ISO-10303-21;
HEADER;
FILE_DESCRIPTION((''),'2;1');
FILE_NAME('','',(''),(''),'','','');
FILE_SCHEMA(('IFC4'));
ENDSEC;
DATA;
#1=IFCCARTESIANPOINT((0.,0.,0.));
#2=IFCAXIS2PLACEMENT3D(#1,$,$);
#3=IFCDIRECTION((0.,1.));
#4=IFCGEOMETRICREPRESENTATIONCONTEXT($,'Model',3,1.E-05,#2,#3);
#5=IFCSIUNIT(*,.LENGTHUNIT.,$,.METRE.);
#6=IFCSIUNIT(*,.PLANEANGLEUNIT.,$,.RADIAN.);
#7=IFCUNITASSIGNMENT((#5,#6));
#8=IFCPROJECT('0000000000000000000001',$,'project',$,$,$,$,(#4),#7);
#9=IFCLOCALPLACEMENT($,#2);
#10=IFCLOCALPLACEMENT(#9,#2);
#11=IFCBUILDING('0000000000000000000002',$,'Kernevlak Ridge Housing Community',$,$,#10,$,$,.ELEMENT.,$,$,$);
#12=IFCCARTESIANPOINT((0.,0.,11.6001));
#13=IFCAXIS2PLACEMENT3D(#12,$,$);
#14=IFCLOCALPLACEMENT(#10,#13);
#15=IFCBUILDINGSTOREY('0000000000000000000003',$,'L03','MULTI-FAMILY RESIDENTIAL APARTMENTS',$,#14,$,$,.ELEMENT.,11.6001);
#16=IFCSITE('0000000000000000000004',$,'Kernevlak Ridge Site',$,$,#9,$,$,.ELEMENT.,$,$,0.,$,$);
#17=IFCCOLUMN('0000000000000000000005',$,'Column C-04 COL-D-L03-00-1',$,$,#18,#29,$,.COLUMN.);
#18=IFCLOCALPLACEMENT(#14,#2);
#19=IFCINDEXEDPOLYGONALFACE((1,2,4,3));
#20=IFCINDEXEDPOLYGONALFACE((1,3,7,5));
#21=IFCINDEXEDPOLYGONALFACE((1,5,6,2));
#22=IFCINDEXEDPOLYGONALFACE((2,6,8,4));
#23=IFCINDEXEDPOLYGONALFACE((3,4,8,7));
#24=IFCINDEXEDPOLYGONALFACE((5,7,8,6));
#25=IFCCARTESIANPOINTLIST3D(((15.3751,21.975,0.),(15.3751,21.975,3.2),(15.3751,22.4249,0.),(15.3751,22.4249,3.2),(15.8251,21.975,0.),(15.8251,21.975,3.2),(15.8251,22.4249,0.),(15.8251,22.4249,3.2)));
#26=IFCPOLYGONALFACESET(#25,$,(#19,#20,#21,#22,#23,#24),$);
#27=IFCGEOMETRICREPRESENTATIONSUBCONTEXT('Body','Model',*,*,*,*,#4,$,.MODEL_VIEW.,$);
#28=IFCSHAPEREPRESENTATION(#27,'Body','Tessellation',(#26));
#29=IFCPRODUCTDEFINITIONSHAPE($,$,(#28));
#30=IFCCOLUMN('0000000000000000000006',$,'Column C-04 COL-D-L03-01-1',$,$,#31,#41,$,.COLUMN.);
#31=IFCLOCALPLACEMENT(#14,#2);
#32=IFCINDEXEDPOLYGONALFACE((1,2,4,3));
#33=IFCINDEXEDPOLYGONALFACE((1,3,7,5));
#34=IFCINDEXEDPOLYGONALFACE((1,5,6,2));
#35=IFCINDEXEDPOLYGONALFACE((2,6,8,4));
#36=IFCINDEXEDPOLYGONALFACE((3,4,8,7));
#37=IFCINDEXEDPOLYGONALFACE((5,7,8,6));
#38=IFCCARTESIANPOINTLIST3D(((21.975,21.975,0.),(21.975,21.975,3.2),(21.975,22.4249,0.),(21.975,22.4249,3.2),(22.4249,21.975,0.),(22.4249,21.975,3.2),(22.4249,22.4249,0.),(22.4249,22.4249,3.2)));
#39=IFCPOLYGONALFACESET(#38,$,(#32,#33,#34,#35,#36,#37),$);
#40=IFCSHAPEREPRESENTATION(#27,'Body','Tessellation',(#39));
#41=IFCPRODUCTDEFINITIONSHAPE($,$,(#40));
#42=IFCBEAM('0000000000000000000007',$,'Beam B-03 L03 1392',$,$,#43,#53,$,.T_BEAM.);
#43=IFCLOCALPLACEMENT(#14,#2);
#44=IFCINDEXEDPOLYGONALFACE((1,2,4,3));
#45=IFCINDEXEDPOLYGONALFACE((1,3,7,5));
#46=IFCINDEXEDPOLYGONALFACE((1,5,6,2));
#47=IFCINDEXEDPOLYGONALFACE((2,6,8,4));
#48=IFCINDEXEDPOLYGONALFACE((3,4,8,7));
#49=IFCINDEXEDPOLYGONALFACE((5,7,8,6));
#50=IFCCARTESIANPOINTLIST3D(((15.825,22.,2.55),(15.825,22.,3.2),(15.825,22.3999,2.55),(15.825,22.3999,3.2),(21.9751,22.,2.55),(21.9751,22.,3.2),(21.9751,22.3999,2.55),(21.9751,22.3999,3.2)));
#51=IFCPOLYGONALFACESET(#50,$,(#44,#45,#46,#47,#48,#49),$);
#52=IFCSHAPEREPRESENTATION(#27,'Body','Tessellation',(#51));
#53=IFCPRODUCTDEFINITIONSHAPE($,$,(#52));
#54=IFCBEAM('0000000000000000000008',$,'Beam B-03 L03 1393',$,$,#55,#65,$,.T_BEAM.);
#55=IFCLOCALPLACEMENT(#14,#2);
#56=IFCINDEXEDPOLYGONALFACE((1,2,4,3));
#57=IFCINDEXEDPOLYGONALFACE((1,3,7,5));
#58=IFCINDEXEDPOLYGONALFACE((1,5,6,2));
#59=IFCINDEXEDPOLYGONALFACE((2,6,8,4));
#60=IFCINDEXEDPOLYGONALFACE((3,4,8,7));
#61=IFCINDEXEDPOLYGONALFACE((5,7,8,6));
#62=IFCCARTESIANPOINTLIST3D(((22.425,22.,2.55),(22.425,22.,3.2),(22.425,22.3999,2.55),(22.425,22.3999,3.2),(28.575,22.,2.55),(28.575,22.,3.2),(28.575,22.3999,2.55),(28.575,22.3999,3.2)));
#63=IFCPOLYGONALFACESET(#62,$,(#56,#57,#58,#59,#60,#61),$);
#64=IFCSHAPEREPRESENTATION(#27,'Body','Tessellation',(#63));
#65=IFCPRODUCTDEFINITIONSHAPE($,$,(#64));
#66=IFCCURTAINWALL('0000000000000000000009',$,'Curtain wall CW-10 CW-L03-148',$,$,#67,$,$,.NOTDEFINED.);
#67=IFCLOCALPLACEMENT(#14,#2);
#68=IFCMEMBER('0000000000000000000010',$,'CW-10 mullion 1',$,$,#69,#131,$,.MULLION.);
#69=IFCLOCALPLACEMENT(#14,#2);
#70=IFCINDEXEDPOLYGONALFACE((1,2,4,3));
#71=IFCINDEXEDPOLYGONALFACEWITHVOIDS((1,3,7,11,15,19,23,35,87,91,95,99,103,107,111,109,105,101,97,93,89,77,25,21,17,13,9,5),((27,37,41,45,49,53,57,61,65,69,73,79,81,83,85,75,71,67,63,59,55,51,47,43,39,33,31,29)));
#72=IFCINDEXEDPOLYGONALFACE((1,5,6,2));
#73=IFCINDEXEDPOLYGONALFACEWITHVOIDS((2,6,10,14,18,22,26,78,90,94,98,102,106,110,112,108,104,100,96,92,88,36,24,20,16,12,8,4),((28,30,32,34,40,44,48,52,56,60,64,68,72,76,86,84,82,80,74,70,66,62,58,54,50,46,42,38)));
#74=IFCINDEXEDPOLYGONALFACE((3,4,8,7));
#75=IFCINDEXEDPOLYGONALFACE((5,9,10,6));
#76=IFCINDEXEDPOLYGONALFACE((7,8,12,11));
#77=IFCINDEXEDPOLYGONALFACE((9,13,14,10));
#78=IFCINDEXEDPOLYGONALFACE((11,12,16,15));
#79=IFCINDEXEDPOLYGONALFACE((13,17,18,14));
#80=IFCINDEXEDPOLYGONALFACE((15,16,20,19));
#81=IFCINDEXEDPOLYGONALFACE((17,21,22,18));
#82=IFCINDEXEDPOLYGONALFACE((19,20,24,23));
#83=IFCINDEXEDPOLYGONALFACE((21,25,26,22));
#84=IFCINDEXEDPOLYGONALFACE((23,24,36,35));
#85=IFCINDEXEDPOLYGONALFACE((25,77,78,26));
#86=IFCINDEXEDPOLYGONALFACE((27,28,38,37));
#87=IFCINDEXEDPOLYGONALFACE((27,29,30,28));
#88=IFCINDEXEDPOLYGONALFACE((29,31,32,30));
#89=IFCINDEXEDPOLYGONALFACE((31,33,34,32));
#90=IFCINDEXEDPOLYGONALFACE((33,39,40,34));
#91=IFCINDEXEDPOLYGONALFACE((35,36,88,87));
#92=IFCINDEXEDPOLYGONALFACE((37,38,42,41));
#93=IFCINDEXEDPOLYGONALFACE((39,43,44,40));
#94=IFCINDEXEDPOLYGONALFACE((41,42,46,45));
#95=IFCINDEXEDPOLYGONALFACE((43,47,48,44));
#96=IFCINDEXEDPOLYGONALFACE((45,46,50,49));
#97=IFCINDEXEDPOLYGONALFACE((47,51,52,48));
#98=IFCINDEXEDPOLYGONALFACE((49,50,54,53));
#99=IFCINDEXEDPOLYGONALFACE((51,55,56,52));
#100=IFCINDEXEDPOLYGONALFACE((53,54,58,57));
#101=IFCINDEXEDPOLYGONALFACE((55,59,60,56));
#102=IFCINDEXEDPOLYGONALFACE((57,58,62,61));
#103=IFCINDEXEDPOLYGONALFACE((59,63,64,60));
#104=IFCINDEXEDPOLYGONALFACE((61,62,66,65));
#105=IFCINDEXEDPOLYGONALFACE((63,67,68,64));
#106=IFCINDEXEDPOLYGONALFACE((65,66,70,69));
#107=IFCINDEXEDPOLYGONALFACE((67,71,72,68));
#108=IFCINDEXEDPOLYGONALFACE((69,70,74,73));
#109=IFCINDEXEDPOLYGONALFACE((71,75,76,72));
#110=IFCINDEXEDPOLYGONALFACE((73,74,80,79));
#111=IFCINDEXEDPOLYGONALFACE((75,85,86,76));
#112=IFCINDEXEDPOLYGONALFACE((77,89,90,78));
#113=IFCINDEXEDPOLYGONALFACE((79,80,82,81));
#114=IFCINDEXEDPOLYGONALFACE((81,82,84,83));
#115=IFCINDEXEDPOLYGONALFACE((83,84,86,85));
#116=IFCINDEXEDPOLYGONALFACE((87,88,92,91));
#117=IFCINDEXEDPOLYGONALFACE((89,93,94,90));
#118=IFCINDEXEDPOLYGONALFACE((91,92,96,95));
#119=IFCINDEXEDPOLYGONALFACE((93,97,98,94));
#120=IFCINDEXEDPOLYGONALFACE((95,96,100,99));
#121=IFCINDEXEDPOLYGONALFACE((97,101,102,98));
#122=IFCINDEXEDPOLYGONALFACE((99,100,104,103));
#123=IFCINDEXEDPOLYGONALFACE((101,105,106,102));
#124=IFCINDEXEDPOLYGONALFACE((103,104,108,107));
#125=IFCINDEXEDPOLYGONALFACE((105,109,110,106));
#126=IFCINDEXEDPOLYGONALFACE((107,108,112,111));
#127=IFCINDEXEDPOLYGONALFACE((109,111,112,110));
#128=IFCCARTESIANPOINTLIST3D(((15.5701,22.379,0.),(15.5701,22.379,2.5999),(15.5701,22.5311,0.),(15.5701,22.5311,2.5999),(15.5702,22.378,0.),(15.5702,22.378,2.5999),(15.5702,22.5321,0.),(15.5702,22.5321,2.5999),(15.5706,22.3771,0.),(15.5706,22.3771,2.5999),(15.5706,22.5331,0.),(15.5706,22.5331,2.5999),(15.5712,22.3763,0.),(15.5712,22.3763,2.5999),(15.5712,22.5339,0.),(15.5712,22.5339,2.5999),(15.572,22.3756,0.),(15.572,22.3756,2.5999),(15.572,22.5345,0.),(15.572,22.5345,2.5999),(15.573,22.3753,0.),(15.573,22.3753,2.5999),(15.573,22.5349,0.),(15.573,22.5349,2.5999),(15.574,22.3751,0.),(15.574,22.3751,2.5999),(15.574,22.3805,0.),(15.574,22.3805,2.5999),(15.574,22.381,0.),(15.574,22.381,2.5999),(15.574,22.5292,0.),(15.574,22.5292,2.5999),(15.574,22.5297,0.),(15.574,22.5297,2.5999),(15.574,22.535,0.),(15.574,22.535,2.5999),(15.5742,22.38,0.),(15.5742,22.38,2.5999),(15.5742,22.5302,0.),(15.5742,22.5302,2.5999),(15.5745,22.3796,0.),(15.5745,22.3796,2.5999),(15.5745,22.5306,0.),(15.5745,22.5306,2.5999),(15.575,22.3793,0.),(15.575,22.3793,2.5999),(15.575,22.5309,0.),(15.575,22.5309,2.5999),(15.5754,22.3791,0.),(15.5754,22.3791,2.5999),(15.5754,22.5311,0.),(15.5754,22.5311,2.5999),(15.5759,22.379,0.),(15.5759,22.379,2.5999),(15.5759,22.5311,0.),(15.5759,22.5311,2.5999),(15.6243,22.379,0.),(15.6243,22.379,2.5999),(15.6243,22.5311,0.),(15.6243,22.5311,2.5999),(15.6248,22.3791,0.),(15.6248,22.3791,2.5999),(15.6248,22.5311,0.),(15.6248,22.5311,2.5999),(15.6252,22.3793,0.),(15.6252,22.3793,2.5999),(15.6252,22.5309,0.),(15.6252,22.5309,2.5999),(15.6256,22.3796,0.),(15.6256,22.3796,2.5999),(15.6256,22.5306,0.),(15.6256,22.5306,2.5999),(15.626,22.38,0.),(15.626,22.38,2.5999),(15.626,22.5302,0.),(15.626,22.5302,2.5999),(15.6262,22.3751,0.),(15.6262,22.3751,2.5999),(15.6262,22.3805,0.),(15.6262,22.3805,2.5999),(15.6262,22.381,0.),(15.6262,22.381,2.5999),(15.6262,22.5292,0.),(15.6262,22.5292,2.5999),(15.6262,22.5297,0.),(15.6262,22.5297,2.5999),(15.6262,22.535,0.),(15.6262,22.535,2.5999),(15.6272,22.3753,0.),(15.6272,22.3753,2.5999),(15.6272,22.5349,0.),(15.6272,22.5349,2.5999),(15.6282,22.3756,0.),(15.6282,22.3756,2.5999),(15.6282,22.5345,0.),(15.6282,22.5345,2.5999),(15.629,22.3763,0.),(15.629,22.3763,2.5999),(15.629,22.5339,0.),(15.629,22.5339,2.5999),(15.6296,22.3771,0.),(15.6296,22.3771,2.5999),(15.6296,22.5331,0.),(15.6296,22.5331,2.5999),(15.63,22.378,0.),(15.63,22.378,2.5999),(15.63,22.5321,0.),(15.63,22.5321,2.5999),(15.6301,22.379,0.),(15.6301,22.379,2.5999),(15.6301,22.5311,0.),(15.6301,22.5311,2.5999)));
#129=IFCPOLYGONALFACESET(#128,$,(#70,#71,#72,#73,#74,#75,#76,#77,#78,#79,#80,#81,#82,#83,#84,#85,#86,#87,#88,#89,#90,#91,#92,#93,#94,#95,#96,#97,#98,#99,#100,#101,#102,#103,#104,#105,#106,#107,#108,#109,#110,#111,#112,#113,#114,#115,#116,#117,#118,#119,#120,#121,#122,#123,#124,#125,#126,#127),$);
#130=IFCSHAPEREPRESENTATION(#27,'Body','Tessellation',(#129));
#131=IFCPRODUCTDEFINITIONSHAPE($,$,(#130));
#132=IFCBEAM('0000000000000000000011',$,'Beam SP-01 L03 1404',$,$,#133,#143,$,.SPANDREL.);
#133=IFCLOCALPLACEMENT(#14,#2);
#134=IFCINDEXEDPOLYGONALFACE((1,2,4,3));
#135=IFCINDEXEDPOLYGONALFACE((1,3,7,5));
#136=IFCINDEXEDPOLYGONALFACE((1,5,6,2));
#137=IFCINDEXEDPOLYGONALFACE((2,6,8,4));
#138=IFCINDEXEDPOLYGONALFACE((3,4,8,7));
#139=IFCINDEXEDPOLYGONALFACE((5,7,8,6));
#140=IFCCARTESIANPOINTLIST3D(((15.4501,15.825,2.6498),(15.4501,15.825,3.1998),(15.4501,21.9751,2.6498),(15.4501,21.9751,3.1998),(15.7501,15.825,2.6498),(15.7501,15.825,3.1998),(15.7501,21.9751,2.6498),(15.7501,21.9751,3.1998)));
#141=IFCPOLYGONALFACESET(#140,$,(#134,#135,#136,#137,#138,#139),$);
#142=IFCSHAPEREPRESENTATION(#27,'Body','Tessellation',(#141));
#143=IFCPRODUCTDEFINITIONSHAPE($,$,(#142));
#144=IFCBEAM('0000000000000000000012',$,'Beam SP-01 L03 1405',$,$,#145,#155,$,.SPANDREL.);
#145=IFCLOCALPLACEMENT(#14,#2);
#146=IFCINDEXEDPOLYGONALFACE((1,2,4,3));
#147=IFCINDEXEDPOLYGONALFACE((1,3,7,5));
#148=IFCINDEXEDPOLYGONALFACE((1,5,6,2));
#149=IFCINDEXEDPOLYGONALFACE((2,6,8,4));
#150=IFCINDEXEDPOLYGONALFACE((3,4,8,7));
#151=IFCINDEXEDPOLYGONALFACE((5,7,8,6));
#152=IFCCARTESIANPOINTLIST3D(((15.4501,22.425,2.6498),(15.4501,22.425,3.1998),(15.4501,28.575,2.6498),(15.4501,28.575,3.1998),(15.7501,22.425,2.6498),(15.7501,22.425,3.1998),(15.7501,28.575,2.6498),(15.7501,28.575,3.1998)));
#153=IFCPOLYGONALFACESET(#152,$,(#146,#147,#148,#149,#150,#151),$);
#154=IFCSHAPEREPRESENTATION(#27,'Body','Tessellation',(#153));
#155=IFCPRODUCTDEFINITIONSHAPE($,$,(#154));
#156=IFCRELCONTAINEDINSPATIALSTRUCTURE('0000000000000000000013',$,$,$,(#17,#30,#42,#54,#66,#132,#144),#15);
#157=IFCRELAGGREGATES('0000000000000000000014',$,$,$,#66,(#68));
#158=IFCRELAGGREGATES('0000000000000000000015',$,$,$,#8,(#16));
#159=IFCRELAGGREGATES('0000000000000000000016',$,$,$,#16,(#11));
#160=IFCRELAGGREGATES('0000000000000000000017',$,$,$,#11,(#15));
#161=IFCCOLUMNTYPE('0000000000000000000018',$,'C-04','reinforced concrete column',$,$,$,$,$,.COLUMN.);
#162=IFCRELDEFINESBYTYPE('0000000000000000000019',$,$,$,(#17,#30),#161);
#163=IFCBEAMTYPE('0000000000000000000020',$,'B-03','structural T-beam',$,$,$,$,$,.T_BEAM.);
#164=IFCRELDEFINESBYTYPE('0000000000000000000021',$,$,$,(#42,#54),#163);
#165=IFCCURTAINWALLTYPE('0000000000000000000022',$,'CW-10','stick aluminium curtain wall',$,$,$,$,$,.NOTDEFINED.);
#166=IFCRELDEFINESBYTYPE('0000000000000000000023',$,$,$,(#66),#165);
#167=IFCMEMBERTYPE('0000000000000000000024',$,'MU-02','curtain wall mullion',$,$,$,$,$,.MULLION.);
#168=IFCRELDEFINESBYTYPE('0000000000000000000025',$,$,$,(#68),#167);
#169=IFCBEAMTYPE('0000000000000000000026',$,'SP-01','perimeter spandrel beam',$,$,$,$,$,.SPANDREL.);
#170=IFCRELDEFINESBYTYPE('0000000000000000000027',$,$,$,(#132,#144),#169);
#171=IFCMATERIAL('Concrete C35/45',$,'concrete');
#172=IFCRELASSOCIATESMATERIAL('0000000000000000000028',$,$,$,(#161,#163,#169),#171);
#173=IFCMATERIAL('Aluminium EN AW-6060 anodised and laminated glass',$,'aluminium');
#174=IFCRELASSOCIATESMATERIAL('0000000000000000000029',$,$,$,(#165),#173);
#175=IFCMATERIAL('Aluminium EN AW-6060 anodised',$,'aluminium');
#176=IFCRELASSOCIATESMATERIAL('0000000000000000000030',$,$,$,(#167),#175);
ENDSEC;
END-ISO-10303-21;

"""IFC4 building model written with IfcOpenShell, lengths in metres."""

from ifc_helpers import new_model, si_unit, direction, frame, origin, origin_2d, place, context, subcontext, project, spatial, rectangle, hollow_rectangle, extrude, material, material_profile, profile_set, type_object, element, aggregate, save


model = new_model("IFC4")

# Units and contexts
model_context = context("Model", 3, precision=1e-05, world=origin(), true_north=direction((0.0, 1.0)))
body_context = subcontext(model_context, "Body", "Model", "MODEL_VIEW")
ifc_project = project(units=[si_unit("LENGTHUNIT", "METRE"), si_unit("PLANEANGLEUNIT", "RADIAN")], contexts=[model_context])

# Site, building, storey
site_placement = place(None, origin())
site = spatial("IfcSite", under=ifc_project, at=site_placement, Name="Kernevlak Ridge Site", CompositionType="ELEMENT", RefElevation=0.0)
building_placement = place(site_placement, origin())
building = spatial("IfcBuilding", under=site, at=building_placement, Name="Kernevlak Ridge Housing Community", CompositionType="ELEMENT")
storey_placement = place(building_placement, frame((0.0, 0.0, 11.6001)))
storey = spatial("IfcBuildingStorey", under=building, at=storey_placement, Name="L03", Description="MULTI-FAMILY RESIDENTIAL APARTMENTS", CompositionType="ELEMENT", Elevation=11.6001)

# Columns
ifc_material_1 = material(Name="Concrete C35/45", Category="concrete")
ifc_material_profile_1 = material_profile(ifc_material_1, rectangle(XDim=0.45, YDim=0.45, at=origin_2d()), Name="RC 450x450")
ifc_profile_set_1 = profile_set([ifc_material_profile_1], Name="Concrete C35/45")
column_type = type_object("IfcColumnType", Name="C-04", Description="reinforced concrete column", PredefinedType="COLUMN", material=ifc_profile_set_1)
for number, where, z_axis, x_axis, name in (
    (1, (15.6001, 22.2, 0.0), (0.0, 0.0, 1.0), (1.0, 0.0, 0.0), "Column C-04 COL-D-L03-00-1"),
    (2, (22.2, 22.2, 0.0), (0.0, 0.0, 1.0), (1.0, 0.0, 0.0), "Column C-04 COL-D-L03-01-1"),
):
    element("IfcColumn", number, at=place(storey_placement, frame(where, z_axis=z_axis, x_axis=x_axis)), inside=storey, type_object=column_type, Name=name, PredefinedType="COLUMN", context=body_context, shape_type="SweptSolid", body=[
        extrude(rectangle(XDim=0.45, YDim=0.45, at=origin_2d()), origin(), (0.0, 0.0, 1.0), 3.2),
    ])

# Beams
ifc_material_profile_2 = material_profile(ifc_material_1, rectangle(XDim=0.3999, YDim=0.6499, at=origin_2d()), Name="RC 400x650")
ifc_profile_set_2 = profile_set([ifc_material_profile_2], Name="Concrete C35/45")
beam_type_1 = type_object("IfcBeamType", Name="B-03", Description="structural T-beam", PredefinedType="T_BEAM", material=ifc_profile_set_2)
beam_1_placement = place(storey_placement, frame((15.825, 22.2, 2.875), z_axis=(1.0, 0.0, 0.0), x_axis=(0.0, 1.0, 0.0)))
element("IfcBeam", 3, at=beam_1_placement, inside=storey, type_object=beam_type_1, Name="Beam B-03 L03 1392", PredefinedType="T_BEAM", context=body_context, shape_type="SweptSolid", body=[
    extrude(rectangle(XDim=0.3999, YDim=0.6499, at=origin_2d()), origin(), (0.0, 0.0, 1.0), 6.1501),
])
beam_2_placement = place(storey_placement, frame((22.425, 22.2, 2.875), z_axis=(1.0, 0.0, 0.0), x_axis=(0.0, 1.0, 0.0)))
element("IfcBeam", 4, at=beam_2_placement, inside=storey, type_object=beam_type_1, Name="Beam B-03 L03 1393", PredefinedType="T_BEAM", context=body_context, shape_type="SweptSolid", body=[
    extrude(rectangle(XDim=0.3999, YDim=0.6499, at=origin_2d()), origin(), (0.0, 0.0, 1.0), 6.1499),
])

# Curtain wall, member
ifc_material_2 = material(Name="Aluminium EN AW-6060 anodised and laminated glass", Category="aluminium")
curtain_wall_type = type_object("IfcCurtainWallType", Name="CW-10", Description="stick aluminium curtain wall", PredefinedType="NOTDEFINED", material=ifc_material_2)
curtain_wall_placement = place(storey_placement, origin())
curtain_wall = element("IfcCurtainWall", 5, at=curtain_wall_placement, inside=storey, type_object=curtain_wall_type, Name="Curtain wall CW-10 CW-L03-148", PredefinedType="NOTDEFINED")
ifc_material_3 = material(Name="Aluminium EN AW-6060 anodised", Category="aluminium")
ifc_material_profile_3 = material_profile(ifc_material_3, hollow_rectangle(XDim=0.0601, YDim=0.1599, WallThickness=0.0039, InnerFilletRadius=0.002, OuterFilletRadius=0.0039, at=origin_2d()), Name="ALU 60x160x4")
ifc_profile_set_3 = profile_set([ifc_material_profile_3], Name="Aluminium EN AW-6060 anodised")
member_type_1 = type_object("IfcMemberType", Name="MU-02", Description="curtain wall mullion", PredefinedType="MULLION", material=ifc_profile_set_3)
member_1_placement = place(storey_placement, frame((15.6001, 22.4551, 0.0), z_axis=(0.0, 0.0, 1.0), x_axis=(-1.0, 0.0, 0.0)))
member_1 = element("IfcMember", 6, at=member_1_placement, type_object=member_type_1, Name="CW-10 mullion 1", PredefinedType="MULLION", context=body_context, shape_type="SweptSolid", body=[
    extrude(hollow_rectangle(XDim=0.0601, YDim=0.1599, WallThickness=0.0039, InnerFilletRadius=0.002, OuterFilletRadius=0.0039, at=origin_2d()), origin(), (0.0, 0.0, 1.0), 2.5999),
])

# Beams
ifc_material_profile_4 = material_profile(ifc_material_1, rectangle(XDim=0.3, YDim=0.55, at=origin_2d()), Name="RC 300x550")
ifc_profile_set_4 = profile_set([ifc_material_profile_4], Name="Concrete C35/45")
beam_type_2 = type_object("IfcBeamType", Name="SP-01", Description="perimeter spandrel beam", PredefinedType="SPANDREL", material=ifc_profile_set_4)
beam_3_placement = place(storey_placement, frame((15.6001, 15.825, 2.9248), z_axis=(0.0, 1.0, 0.0), x_axis=(-1.0, 0.0, 0.0)))
element("IfcBeam", 7, at=beam_3_placement, inside=storey, type_object=beam_type_2, Name="Beam SP-01 L03 1404", PredefinedType="SPANDREL", context=body_context, shape_type="SweptSolid", body=[
    extrude(rectangle(XDim=0.3, YDim=0.55, at=origin_2d()), origin(), (0.0, 0.0, 1.0), 6.1501),
])
beam_4_placement = place(storey_placement, frame((15.6001, 22.425, 2.9248), z_axis=(0.0, 1.0, 0.0), x_axis=(-1.0, 0.0, 0.0)))
element("IfcBeam", 8, at=beam_4_placement, inside=storey, type_object=beam_type_2, Name="Beam SP-01 L03 1405", PredefinedType="SPANDREL", context=body_context, shape_type="SweptSolid", body=[
    extrude(rectangle(XDim=0.3, YDim=0.55, at=origin_2d()), origin(), (0.0, 0.0, 1.0), 6.1499),
])

aggregate(curtain_wall, [member_1])

save(model, "model.ifc")
